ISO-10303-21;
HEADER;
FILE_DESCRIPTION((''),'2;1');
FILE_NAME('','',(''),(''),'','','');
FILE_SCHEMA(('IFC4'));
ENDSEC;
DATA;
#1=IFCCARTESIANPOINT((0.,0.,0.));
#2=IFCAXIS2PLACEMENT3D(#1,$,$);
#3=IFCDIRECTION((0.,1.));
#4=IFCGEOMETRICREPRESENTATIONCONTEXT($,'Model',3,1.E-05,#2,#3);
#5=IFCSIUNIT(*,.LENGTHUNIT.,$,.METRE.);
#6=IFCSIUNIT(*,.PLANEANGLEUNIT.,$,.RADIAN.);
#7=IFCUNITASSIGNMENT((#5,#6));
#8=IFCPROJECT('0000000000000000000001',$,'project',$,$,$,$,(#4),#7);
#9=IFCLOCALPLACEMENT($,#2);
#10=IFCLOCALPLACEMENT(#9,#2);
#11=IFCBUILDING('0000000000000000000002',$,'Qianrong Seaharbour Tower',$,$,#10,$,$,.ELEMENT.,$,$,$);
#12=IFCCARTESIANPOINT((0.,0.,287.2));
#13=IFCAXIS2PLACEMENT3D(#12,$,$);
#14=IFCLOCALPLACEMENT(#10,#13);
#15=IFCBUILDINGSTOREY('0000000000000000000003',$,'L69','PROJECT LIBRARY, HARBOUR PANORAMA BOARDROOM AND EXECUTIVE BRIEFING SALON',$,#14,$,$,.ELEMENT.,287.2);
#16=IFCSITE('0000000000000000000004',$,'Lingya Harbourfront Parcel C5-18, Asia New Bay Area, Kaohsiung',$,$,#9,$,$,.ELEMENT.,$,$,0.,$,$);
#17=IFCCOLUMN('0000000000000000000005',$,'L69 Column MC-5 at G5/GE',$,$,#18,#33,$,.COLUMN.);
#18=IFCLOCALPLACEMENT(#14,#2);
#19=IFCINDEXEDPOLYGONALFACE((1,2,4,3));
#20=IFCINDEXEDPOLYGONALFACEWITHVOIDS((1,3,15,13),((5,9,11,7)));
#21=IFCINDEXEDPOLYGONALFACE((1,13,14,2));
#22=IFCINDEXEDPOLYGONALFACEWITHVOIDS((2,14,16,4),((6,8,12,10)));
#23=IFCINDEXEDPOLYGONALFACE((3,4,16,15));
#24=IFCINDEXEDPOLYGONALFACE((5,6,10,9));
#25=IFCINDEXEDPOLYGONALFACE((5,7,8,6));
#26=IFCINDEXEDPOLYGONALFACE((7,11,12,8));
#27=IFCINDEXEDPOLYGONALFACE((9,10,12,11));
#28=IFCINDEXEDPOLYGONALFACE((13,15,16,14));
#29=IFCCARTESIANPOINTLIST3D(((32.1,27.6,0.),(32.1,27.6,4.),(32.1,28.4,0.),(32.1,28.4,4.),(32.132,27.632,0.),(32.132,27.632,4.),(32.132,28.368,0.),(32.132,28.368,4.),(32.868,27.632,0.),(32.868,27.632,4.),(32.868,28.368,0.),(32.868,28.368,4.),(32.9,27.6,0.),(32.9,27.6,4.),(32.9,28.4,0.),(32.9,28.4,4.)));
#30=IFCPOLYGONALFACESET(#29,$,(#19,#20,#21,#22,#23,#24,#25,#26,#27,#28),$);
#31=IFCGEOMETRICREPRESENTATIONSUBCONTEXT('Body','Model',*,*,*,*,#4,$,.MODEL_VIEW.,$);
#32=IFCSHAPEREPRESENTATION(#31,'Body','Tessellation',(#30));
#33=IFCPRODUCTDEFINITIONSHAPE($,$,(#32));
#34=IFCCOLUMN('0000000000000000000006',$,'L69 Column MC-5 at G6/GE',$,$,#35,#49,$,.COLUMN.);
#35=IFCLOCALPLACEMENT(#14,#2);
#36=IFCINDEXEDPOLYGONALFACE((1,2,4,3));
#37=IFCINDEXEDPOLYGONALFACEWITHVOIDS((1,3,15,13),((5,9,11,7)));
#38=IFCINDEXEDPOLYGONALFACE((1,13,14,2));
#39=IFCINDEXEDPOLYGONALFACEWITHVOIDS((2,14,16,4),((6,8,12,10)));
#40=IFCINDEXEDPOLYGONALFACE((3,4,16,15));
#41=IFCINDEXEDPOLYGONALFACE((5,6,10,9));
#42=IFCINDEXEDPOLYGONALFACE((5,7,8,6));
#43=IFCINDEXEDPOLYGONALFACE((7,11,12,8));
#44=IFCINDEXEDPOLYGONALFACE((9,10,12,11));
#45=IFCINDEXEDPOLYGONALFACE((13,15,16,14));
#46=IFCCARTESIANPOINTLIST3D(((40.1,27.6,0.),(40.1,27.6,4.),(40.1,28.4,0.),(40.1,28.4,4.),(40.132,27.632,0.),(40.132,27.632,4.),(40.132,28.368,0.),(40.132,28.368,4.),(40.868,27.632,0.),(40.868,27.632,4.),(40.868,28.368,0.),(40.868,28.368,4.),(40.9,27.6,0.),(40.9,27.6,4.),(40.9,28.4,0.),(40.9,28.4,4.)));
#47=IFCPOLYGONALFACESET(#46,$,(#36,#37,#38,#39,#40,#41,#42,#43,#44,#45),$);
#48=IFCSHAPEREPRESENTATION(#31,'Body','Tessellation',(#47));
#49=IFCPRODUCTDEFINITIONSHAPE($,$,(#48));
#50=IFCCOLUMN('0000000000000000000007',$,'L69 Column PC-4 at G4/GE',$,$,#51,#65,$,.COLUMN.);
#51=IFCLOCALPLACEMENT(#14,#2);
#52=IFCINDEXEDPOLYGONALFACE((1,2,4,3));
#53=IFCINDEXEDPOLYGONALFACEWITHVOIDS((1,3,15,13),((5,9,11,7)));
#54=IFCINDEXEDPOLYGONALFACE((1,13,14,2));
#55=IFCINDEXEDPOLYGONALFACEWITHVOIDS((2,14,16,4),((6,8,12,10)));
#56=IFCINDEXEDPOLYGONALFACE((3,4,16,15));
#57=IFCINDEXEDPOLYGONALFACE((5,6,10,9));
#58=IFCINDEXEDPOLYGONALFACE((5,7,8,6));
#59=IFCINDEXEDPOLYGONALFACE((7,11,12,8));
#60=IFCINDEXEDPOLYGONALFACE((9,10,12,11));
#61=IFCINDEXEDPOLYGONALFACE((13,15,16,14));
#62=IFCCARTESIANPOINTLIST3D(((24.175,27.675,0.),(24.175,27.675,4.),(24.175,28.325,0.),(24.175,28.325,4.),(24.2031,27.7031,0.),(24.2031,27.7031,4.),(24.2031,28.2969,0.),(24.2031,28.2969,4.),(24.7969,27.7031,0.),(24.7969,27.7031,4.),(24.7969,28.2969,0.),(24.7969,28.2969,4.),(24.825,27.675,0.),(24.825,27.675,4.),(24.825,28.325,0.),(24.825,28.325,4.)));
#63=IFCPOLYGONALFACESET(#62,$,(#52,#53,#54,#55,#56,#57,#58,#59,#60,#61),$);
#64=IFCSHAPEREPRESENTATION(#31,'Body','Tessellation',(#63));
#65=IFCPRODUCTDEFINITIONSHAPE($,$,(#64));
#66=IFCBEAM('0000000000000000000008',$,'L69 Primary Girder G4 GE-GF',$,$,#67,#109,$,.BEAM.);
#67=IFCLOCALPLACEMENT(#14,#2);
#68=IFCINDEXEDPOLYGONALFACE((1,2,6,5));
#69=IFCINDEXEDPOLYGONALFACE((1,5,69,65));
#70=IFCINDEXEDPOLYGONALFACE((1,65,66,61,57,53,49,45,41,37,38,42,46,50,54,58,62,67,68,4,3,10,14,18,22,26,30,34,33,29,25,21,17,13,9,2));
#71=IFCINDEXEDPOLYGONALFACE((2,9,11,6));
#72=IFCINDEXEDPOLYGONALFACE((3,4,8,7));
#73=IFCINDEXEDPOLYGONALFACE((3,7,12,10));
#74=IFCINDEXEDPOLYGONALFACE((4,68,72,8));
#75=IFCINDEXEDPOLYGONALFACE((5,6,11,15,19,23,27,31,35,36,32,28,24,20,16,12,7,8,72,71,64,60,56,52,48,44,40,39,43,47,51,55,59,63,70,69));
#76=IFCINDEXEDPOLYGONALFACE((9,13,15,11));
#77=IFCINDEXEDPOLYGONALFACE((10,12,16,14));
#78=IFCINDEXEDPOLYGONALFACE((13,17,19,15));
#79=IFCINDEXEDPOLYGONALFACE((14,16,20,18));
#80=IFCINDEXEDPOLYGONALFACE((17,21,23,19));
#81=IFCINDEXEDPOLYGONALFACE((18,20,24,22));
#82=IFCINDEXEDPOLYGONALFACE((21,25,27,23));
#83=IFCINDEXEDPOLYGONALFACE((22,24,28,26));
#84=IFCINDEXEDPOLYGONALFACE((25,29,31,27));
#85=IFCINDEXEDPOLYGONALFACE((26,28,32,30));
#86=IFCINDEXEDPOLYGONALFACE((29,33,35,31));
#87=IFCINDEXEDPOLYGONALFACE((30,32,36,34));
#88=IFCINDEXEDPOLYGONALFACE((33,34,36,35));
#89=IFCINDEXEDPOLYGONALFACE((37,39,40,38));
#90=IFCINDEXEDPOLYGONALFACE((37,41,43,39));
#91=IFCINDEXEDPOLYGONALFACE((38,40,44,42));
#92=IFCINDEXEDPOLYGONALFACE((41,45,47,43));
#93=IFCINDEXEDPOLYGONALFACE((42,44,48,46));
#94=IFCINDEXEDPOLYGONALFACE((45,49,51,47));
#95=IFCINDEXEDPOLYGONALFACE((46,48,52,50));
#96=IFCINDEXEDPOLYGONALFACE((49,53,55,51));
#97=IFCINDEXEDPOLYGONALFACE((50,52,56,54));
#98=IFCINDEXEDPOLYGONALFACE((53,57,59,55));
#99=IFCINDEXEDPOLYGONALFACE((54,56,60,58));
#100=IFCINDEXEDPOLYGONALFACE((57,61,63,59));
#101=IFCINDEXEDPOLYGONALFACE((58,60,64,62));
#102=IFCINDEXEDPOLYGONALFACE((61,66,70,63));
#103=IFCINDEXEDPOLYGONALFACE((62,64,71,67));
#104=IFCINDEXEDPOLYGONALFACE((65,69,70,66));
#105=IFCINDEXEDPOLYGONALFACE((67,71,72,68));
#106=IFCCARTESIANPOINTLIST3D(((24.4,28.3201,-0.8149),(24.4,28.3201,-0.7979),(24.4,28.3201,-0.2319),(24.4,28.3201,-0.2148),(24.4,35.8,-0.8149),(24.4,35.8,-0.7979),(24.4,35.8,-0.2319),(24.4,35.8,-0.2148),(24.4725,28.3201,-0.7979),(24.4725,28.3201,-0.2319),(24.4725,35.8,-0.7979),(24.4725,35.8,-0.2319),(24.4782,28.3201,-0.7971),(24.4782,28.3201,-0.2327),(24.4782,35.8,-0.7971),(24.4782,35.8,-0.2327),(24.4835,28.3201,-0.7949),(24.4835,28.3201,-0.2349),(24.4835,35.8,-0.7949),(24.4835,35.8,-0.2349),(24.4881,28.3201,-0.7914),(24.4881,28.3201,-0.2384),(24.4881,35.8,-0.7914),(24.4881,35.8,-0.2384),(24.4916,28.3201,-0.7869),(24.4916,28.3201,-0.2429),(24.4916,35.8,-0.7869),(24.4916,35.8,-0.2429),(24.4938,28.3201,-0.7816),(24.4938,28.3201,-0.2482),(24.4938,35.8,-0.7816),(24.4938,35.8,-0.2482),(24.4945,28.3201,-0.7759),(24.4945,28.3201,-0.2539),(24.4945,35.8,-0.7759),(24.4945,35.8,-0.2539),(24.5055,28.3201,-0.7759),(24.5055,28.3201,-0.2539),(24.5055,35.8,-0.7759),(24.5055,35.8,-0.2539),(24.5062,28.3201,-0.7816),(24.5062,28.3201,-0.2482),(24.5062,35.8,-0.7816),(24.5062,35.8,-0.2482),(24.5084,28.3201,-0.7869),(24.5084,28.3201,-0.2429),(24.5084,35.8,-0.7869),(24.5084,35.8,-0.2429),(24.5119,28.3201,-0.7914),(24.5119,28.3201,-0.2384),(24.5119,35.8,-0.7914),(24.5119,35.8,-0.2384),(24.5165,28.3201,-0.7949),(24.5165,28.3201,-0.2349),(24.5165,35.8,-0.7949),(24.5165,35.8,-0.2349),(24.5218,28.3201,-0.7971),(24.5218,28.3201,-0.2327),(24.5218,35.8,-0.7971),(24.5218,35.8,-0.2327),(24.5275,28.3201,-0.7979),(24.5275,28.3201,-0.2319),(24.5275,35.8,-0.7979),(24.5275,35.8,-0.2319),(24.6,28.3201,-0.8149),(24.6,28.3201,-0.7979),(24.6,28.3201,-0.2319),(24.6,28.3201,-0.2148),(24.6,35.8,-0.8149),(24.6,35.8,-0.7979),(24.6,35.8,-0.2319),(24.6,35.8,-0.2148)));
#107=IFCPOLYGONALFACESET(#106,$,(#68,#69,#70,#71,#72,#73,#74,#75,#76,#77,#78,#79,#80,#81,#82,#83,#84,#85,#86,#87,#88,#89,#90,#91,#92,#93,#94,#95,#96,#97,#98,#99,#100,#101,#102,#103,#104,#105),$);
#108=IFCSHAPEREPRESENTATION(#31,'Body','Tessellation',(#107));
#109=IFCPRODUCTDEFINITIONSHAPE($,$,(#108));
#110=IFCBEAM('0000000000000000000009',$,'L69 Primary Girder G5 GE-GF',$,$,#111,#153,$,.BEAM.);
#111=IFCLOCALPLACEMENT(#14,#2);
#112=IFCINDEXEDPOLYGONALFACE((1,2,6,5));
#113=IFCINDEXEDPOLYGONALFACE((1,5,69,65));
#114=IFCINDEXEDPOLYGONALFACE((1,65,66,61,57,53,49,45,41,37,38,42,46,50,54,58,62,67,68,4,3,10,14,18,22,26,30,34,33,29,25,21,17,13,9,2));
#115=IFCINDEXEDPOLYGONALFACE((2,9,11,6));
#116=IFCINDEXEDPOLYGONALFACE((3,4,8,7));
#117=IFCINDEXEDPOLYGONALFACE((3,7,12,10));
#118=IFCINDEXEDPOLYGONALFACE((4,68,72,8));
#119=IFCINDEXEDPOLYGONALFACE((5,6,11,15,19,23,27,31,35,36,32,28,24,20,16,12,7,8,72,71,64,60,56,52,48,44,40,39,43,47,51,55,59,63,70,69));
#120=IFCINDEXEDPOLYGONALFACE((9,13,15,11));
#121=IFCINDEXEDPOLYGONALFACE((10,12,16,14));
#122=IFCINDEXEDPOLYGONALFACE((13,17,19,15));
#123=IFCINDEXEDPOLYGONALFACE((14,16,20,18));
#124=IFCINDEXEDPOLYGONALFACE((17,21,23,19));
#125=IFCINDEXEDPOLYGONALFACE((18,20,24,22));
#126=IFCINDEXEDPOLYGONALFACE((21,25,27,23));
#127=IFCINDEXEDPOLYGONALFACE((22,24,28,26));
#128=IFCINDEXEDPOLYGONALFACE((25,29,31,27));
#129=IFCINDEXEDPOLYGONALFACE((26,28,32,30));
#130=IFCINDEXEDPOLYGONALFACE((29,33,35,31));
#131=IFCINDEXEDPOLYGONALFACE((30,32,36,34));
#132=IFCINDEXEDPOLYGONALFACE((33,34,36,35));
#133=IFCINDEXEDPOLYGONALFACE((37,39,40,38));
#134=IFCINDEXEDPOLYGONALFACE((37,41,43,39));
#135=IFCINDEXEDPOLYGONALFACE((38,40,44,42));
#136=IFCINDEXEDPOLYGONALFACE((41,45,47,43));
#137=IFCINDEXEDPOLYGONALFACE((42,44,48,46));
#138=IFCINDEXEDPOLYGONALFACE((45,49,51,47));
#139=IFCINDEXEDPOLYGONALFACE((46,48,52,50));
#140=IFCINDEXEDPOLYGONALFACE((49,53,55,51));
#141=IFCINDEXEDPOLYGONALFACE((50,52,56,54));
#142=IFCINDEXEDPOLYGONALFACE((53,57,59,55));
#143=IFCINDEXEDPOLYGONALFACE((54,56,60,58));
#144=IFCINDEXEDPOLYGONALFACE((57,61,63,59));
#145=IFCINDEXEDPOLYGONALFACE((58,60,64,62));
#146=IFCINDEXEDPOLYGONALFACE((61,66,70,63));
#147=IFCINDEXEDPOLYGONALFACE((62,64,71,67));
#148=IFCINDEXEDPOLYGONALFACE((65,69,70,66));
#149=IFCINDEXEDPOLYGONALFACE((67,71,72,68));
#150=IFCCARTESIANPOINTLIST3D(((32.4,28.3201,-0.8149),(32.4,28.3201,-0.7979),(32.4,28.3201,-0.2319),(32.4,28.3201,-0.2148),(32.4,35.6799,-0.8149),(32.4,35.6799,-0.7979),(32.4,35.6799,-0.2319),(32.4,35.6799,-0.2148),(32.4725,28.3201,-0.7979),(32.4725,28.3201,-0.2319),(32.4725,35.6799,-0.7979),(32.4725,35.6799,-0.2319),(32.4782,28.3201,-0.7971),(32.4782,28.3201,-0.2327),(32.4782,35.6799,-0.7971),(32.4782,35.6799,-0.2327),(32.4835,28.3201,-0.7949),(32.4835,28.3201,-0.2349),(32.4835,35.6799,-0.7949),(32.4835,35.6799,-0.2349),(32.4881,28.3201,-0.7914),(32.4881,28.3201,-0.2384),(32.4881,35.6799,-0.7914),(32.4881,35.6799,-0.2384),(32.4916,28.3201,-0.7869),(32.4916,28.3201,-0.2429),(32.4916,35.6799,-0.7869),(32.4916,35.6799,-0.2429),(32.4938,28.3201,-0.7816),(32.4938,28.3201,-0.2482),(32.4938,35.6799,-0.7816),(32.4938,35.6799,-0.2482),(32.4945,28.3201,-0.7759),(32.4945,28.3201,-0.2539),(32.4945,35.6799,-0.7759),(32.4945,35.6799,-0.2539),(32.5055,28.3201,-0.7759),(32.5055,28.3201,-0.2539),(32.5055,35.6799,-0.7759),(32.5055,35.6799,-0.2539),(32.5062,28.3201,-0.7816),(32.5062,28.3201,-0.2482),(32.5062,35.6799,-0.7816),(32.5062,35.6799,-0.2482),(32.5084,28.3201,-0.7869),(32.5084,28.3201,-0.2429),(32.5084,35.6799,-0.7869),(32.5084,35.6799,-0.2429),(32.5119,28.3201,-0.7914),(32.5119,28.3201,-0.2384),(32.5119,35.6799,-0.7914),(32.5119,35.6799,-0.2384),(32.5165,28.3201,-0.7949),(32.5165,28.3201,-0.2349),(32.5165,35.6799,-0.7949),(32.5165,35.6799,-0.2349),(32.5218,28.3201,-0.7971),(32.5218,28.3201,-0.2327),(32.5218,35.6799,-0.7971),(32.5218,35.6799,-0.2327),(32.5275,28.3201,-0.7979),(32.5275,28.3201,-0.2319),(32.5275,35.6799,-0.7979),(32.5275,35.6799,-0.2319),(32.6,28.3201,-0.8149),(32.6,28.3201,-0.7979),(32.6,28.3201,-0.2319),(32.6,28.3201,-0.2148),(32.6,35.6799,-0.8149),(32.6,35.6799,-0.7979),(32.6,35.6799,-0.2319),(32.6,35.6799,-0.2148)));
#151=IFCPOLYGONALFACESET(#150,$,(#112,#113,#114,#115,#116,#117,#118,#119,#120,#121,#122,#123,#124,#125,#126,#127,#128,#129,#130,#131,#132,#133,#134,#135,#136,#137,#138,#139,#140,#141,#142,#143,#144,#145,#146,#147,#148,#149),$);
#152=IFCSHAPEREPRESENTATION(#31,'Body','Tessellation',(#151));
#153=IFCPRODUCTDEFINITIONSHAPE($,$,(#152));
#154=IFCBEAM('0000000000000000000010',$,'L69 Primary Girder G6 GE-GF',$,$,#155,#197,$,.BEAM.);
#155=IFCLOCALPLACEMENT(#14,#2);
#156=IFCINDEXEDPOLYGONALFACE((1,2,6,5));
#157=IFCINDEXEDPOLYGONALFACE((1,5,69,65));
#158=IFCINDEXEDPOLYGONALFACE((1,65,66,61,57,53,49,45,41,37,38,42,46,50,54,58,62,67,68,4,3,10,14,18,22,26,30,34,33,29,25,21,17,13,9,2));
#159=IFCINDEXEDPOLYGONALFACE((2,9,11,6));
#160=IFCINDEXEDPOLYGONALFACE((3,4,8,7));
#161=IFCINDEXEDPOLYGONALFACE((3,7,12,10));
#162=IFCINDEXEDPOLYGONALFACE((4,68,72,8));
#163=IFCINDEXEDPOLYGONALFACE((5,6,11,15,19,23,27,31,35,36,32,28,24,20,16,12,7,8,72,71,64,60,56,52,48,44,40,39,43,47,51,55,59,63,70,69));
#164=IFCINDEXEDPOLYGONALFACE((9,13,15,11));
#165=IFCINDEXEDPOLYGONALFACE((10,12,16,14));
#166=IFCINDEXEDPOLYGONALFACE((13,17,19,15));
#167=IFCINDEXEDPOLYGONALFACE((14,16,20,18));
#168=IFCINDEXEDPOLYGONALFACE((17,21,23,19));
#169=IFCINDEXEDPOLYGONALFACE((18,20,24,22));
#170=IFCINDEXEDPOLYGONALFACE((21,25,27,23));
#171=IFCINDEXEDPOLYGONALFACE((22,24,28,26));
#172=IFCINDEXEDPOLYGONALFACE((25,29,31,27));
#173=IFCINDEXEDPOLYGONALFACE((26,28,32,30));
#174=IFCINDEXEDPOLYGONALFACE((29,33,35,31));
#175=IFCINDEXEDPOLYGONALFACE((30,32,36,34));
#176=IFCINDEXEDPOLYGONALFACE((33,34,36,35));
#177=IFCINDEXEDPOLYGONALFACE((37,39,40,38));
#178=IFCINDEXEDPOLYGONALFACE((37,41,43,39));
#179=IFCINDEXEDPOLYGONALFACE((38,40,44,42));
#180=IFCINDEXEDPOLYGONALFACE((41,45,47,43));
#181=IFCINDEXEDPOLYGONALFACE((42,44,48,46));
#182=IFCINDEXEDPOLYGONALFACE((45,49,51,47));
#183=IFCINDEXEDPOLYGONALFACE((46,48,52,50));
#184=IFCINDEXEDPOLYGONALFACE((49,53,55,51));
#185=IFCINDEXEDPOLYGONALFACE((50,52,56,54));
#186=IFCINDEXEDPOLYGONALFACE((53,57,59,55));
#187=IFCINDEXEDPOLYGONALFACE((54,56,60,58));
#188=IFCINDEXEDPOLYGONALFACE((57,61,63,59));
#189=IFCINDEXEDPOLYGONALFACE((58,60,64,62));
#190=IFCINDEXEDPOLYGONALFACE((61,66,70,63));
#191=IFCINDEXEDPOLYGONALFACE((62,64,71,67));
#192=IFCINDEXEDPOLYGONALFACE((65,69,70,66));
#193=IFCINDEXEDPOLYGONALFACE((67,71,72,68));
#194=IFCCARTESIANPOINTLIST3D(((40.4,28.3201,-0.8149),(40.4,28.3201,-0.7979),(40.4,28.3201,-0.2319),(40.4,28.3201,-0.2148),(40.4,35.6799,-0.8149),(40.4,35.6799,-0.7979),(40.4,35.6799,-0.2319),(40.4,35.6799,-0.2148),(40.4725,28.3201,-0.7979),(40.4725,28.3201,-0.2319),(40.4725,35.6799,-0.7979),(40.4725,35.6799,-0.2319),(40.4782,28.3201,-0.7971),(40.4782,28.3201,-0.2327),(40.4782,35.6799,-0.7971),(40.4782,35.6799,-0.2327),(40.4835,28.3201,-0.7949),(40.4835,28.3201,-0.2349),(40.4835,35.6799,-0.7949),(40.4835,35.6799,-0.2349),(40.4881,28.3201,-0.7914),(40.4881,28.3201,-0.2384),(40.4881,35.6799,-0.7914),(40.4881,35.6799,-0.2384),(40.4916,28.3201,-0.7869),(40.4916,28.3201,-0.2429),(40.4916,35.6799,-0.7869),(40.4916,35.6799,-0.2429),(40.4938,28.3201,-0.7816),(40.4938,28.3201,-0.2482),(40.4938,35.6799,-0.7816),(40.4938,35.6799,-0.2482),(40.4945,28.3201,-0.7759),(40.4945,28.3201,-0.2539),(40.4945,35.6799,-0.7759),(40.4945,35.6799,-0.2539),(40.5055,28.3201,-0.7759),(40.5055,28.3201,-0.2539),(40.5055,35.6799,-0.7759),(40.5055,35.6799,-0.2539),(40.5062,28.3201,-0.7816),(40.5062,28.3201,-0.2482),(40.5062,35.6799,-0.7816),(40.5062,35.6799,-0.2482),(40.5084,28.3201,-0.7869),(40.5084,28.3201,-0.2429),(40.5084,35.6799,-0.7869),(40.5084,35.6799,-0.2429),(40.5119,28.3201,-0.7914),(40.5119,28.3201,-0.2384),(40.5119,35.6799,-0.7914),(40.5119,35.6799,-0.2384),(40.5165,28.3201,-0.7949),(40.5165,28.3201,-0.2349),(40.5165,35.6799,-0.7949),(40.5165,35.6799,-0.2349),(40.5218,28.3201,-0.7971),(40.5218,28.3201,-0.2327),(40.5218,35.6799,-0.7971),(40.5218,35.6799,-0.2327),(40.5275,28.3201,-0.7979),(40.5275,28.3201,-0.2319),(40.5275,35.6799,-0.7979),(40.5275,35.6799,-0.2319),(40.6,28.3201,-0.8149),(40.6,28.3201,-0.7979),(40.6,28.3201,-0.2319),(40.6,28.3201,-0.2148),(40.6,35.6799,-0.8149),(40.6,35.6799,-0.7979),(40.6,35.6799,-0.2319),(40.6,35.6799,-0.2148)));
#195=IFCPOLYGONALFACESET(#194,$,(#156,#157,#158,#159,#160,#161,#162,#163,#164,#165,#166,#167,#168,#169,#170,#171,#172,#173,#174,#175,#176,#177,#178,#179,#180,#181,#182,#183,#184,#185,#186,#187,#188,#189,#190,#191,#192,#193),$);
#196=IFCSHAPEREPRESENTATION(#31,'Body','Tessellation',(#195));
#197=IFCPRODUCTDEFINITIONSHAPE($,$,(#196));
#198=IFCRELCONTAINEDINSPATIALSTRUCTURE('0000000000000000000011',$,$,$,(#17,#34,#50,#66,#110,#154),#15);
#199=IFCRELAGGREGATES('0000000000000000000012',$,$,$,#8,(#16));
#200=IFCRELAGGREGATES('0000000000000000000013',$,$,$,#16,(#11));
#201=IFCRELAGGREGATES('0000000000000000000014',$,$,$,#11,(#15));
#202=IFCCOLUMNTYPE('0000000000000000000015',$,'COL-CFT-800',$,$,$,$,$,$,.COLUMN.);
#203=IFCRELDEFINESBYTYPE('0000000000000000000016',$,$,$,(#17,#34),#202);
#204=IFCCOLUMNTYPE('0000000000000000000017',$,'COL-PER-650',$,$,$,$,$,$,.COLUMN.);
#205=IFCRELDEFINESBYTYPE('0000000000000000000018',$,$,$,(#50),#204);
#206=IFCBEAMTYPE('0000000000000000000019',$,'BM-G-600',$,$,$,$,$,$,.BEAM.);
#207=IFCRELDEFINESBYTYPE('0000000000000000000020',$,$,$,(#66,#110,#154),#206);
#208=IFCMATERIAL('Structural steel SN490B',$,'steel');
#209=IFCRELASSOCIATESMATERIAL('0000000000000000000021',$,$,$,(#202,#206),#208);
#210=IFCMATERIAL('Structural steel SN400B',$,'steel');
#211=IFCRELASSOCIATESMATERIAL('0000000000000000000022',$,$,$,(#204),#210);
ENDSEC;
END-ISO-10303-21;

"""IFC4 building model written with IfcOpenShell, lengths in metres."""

from ifc_helpers import new_model, si_unit, direction, frame, origin, origin_2d, place, context, subcontext, project, spatial, hollow_rectangle, i_section, extrude, material, material_profile, profile_set, type_object, element, save


model = new_model("IFC4")

# Units and contexts
model_context = context("Model", 3, precision=1e-05, world=origin(), true_north=direction((0.0, 1.0)))
body_context = subcontext(model_context, "Body", "Model", "MODEL_VIEW")
ifc_project = project(units=[si_unit("LENGTHUNIT", "METRE"), si_unit("PLANEANGLEUNIT", "RADIAN")], contexts=[model_context])

# Site, building, storey
site_placement = place(None, origin())
site = spatial("IfcSite", under=ifc_project, at=site_placement, Name="Lingya Harbourfront Parcel C5-18, Asia New Bay Area, Kaohsiung", CompositionType="ELEMENT", RefElevation=0.0)
building_placement = place(site_placement, origin())
building = spatial("IfcBuilding", under=site, at=building_placement, Name="Qianrong Seaharbour Tower", CompositionType="ELEMENT")
storey_placement = place(building_placement, frame((0.0, 0.0, 287.2)))
storey = spatial("IfcBuildingStorey", under=building, at=storey_placement, Name="L69", Description="PROJECT LIBRARY, HARBOUR PANORAMA BOARDROOM AND EXECUTIVE BRIEFING SALON", CompositionType="ELEMENT", Elevation=287.2)

# Columns
ifc_material_1 = material(Name="Structural steel SN490B", Category="steel")
ifc_material_profile_1 = material_profile(ifc_material_1, hollow_rectangle(XDim=0.8, YDim=0.8, WallThickness=0.032, at=origin_2d()), Name="BOX800x800x32")
ifc_profile_set_1 = profile_set([ifc_material_profile_1], Name="Structural steel SN490B")
column_type_1 = type_object("IfcColumnType", Name="COL-CFT-800", PredefinedType="COLUMN", material=ifc_profile_set_1)
for number, where, z_axis, x_axis, name in (
    (1, (32.5, 28.0, 0.0), (0.0, 0.0, 1.0), (1.0, 0.0, 0.0), "L69 Column MC-5 at G5/GE"),
    (2, (40.5, 28.0, 0.0), (0.0, 0.0, 1.0), (1.0, 0.0, 0.0), "L69 Column MC-5 at G6/GE"),
):
    element("IfcColumn", number, at=place(storey_placement, frame(where, z_axis=z_axis, x_axis=x_axis)), inside=storey, type_object=column_type_1, Name=name, PredefinedType="COLUMN", context=body_context, shape_type="SweptSolid", body=[
        extrude(hollow_rectangle(XDim=0.8, YDim=0.8, WallThickness=0.032, at=origin_2d()), origin(), (0.0, 0.0, 1.0), 4.0),
    ])
ifc_material_2 = material(Name="Structural steel SN400B", Category="steel")
ifc_material_profile_2 = material_profile(ifc_material_2, hollow_rectangle(XDim=0.6499, YDim=0.6499, WallThickness=0.0281, at=origin_2d()), Name="BOX650x650x28")
ifc_profile_set_2 = profile_set([ifc_material_profile_2], Name="Structural steel SN400B")
column_type_2 = type_object("IfcColumnType", Name="COL-PER-650", PredefinedType="COLUMN", material=ifc_profile_set_2)
column_placement = place(storey_placement, frame((24.5, 28.0, 0.0), z_axis=(0.0, 0.0, 1.0), x_axis=(1.0, 0.0, 0.0)))
element("IfcColumn", 3, at=column_placement, inside=storey, type_object=column_type_2, Name="L69 Column PC-4 at G4/GE", PredefinedType="COLUMN", context=body_context, shape_type="SweptSolid", body=[
    extrude(hollow_rectangle(XDim=0.6499, YDim=0.6499, WallThickness=0.0281, at=origin_2d()), origin(), (0.0, 0.0, 1.0), 4.0),
])

# Beams
ifc_material_profile_3 = material_profile(ifc_material_1, i_section(OverallWidth=0.2, OverallDepth=0.6001, WebThickness=0.011, FlangeThickness=0.0171, FilletRadius=0.022, at=origin_2d()), Name="H600x200x11x17")
ifc_profile_set_3 = profile_set([ifc_material_profile_3], Name="Structural steel SN490B")
beam_type_1 = type_object("IfcBeamType", Name="BM-G-600", PredefinedType="BEAM", material=ifc_profile_set_3)
beam_1_placement = place(storey_placement, frame((24.5, 28.3201, -0.5149), z_axis=(0.0, 1.0, 0.0), x_axis=(-1.0, 0.0, 0.0)))
element("IfcBeam", 4, at=beam_1_placement, inside=storey, type_object=beam_type_1, Name="L69 Primary Girder G4 GE-GF", PredefinedType="BEAM", context=body_context, shape_type="SweptSolid", body=[
    extrude(i_section(OverallWidth=0.2, OverallDepth=0.6001, WebThickness=0.011, FlangeThickness=0.0171, FilletRadius=0.022, at=origin_2d()), origin(), (0.0, 0.0, 1.0), 7.48),
])
for number, where, z_axis, x_axis, name in (
    (5, (32.5, 28.3201, -0.5149), (0.0, 1.0, 0.0), (-1.0, 0.0, 0.0), "L69 Primary Girder G5 GE-GF"),
    (6, (40.5, 28.3201, -0.5149), (0.0, 1.0, 0.0), (-1.0, 0.0, 0.0), "L69 Primary Girder G6 GE-GF"),
):
    element("IfcBeam", number, at=place(storey_placement, frame(where, z_axis=z_axis, x_axis=x_axis)), inside=storey, type_object=beam_type_1, Name=name, PredefinedType="BEAM", context=body_context, shape_type="SweptSolid", body=[
        extrude(i_section(OverallWidth=0.2, OverallDepth=0.6001, WebThickness=0.011, FlangeThickness=0.0171, FilletRadius=0.022, at=origin_2d()), origin(), (0.0, 0.0, 1.0), 7.3599),
    ])

save(model, "model.ifc")
